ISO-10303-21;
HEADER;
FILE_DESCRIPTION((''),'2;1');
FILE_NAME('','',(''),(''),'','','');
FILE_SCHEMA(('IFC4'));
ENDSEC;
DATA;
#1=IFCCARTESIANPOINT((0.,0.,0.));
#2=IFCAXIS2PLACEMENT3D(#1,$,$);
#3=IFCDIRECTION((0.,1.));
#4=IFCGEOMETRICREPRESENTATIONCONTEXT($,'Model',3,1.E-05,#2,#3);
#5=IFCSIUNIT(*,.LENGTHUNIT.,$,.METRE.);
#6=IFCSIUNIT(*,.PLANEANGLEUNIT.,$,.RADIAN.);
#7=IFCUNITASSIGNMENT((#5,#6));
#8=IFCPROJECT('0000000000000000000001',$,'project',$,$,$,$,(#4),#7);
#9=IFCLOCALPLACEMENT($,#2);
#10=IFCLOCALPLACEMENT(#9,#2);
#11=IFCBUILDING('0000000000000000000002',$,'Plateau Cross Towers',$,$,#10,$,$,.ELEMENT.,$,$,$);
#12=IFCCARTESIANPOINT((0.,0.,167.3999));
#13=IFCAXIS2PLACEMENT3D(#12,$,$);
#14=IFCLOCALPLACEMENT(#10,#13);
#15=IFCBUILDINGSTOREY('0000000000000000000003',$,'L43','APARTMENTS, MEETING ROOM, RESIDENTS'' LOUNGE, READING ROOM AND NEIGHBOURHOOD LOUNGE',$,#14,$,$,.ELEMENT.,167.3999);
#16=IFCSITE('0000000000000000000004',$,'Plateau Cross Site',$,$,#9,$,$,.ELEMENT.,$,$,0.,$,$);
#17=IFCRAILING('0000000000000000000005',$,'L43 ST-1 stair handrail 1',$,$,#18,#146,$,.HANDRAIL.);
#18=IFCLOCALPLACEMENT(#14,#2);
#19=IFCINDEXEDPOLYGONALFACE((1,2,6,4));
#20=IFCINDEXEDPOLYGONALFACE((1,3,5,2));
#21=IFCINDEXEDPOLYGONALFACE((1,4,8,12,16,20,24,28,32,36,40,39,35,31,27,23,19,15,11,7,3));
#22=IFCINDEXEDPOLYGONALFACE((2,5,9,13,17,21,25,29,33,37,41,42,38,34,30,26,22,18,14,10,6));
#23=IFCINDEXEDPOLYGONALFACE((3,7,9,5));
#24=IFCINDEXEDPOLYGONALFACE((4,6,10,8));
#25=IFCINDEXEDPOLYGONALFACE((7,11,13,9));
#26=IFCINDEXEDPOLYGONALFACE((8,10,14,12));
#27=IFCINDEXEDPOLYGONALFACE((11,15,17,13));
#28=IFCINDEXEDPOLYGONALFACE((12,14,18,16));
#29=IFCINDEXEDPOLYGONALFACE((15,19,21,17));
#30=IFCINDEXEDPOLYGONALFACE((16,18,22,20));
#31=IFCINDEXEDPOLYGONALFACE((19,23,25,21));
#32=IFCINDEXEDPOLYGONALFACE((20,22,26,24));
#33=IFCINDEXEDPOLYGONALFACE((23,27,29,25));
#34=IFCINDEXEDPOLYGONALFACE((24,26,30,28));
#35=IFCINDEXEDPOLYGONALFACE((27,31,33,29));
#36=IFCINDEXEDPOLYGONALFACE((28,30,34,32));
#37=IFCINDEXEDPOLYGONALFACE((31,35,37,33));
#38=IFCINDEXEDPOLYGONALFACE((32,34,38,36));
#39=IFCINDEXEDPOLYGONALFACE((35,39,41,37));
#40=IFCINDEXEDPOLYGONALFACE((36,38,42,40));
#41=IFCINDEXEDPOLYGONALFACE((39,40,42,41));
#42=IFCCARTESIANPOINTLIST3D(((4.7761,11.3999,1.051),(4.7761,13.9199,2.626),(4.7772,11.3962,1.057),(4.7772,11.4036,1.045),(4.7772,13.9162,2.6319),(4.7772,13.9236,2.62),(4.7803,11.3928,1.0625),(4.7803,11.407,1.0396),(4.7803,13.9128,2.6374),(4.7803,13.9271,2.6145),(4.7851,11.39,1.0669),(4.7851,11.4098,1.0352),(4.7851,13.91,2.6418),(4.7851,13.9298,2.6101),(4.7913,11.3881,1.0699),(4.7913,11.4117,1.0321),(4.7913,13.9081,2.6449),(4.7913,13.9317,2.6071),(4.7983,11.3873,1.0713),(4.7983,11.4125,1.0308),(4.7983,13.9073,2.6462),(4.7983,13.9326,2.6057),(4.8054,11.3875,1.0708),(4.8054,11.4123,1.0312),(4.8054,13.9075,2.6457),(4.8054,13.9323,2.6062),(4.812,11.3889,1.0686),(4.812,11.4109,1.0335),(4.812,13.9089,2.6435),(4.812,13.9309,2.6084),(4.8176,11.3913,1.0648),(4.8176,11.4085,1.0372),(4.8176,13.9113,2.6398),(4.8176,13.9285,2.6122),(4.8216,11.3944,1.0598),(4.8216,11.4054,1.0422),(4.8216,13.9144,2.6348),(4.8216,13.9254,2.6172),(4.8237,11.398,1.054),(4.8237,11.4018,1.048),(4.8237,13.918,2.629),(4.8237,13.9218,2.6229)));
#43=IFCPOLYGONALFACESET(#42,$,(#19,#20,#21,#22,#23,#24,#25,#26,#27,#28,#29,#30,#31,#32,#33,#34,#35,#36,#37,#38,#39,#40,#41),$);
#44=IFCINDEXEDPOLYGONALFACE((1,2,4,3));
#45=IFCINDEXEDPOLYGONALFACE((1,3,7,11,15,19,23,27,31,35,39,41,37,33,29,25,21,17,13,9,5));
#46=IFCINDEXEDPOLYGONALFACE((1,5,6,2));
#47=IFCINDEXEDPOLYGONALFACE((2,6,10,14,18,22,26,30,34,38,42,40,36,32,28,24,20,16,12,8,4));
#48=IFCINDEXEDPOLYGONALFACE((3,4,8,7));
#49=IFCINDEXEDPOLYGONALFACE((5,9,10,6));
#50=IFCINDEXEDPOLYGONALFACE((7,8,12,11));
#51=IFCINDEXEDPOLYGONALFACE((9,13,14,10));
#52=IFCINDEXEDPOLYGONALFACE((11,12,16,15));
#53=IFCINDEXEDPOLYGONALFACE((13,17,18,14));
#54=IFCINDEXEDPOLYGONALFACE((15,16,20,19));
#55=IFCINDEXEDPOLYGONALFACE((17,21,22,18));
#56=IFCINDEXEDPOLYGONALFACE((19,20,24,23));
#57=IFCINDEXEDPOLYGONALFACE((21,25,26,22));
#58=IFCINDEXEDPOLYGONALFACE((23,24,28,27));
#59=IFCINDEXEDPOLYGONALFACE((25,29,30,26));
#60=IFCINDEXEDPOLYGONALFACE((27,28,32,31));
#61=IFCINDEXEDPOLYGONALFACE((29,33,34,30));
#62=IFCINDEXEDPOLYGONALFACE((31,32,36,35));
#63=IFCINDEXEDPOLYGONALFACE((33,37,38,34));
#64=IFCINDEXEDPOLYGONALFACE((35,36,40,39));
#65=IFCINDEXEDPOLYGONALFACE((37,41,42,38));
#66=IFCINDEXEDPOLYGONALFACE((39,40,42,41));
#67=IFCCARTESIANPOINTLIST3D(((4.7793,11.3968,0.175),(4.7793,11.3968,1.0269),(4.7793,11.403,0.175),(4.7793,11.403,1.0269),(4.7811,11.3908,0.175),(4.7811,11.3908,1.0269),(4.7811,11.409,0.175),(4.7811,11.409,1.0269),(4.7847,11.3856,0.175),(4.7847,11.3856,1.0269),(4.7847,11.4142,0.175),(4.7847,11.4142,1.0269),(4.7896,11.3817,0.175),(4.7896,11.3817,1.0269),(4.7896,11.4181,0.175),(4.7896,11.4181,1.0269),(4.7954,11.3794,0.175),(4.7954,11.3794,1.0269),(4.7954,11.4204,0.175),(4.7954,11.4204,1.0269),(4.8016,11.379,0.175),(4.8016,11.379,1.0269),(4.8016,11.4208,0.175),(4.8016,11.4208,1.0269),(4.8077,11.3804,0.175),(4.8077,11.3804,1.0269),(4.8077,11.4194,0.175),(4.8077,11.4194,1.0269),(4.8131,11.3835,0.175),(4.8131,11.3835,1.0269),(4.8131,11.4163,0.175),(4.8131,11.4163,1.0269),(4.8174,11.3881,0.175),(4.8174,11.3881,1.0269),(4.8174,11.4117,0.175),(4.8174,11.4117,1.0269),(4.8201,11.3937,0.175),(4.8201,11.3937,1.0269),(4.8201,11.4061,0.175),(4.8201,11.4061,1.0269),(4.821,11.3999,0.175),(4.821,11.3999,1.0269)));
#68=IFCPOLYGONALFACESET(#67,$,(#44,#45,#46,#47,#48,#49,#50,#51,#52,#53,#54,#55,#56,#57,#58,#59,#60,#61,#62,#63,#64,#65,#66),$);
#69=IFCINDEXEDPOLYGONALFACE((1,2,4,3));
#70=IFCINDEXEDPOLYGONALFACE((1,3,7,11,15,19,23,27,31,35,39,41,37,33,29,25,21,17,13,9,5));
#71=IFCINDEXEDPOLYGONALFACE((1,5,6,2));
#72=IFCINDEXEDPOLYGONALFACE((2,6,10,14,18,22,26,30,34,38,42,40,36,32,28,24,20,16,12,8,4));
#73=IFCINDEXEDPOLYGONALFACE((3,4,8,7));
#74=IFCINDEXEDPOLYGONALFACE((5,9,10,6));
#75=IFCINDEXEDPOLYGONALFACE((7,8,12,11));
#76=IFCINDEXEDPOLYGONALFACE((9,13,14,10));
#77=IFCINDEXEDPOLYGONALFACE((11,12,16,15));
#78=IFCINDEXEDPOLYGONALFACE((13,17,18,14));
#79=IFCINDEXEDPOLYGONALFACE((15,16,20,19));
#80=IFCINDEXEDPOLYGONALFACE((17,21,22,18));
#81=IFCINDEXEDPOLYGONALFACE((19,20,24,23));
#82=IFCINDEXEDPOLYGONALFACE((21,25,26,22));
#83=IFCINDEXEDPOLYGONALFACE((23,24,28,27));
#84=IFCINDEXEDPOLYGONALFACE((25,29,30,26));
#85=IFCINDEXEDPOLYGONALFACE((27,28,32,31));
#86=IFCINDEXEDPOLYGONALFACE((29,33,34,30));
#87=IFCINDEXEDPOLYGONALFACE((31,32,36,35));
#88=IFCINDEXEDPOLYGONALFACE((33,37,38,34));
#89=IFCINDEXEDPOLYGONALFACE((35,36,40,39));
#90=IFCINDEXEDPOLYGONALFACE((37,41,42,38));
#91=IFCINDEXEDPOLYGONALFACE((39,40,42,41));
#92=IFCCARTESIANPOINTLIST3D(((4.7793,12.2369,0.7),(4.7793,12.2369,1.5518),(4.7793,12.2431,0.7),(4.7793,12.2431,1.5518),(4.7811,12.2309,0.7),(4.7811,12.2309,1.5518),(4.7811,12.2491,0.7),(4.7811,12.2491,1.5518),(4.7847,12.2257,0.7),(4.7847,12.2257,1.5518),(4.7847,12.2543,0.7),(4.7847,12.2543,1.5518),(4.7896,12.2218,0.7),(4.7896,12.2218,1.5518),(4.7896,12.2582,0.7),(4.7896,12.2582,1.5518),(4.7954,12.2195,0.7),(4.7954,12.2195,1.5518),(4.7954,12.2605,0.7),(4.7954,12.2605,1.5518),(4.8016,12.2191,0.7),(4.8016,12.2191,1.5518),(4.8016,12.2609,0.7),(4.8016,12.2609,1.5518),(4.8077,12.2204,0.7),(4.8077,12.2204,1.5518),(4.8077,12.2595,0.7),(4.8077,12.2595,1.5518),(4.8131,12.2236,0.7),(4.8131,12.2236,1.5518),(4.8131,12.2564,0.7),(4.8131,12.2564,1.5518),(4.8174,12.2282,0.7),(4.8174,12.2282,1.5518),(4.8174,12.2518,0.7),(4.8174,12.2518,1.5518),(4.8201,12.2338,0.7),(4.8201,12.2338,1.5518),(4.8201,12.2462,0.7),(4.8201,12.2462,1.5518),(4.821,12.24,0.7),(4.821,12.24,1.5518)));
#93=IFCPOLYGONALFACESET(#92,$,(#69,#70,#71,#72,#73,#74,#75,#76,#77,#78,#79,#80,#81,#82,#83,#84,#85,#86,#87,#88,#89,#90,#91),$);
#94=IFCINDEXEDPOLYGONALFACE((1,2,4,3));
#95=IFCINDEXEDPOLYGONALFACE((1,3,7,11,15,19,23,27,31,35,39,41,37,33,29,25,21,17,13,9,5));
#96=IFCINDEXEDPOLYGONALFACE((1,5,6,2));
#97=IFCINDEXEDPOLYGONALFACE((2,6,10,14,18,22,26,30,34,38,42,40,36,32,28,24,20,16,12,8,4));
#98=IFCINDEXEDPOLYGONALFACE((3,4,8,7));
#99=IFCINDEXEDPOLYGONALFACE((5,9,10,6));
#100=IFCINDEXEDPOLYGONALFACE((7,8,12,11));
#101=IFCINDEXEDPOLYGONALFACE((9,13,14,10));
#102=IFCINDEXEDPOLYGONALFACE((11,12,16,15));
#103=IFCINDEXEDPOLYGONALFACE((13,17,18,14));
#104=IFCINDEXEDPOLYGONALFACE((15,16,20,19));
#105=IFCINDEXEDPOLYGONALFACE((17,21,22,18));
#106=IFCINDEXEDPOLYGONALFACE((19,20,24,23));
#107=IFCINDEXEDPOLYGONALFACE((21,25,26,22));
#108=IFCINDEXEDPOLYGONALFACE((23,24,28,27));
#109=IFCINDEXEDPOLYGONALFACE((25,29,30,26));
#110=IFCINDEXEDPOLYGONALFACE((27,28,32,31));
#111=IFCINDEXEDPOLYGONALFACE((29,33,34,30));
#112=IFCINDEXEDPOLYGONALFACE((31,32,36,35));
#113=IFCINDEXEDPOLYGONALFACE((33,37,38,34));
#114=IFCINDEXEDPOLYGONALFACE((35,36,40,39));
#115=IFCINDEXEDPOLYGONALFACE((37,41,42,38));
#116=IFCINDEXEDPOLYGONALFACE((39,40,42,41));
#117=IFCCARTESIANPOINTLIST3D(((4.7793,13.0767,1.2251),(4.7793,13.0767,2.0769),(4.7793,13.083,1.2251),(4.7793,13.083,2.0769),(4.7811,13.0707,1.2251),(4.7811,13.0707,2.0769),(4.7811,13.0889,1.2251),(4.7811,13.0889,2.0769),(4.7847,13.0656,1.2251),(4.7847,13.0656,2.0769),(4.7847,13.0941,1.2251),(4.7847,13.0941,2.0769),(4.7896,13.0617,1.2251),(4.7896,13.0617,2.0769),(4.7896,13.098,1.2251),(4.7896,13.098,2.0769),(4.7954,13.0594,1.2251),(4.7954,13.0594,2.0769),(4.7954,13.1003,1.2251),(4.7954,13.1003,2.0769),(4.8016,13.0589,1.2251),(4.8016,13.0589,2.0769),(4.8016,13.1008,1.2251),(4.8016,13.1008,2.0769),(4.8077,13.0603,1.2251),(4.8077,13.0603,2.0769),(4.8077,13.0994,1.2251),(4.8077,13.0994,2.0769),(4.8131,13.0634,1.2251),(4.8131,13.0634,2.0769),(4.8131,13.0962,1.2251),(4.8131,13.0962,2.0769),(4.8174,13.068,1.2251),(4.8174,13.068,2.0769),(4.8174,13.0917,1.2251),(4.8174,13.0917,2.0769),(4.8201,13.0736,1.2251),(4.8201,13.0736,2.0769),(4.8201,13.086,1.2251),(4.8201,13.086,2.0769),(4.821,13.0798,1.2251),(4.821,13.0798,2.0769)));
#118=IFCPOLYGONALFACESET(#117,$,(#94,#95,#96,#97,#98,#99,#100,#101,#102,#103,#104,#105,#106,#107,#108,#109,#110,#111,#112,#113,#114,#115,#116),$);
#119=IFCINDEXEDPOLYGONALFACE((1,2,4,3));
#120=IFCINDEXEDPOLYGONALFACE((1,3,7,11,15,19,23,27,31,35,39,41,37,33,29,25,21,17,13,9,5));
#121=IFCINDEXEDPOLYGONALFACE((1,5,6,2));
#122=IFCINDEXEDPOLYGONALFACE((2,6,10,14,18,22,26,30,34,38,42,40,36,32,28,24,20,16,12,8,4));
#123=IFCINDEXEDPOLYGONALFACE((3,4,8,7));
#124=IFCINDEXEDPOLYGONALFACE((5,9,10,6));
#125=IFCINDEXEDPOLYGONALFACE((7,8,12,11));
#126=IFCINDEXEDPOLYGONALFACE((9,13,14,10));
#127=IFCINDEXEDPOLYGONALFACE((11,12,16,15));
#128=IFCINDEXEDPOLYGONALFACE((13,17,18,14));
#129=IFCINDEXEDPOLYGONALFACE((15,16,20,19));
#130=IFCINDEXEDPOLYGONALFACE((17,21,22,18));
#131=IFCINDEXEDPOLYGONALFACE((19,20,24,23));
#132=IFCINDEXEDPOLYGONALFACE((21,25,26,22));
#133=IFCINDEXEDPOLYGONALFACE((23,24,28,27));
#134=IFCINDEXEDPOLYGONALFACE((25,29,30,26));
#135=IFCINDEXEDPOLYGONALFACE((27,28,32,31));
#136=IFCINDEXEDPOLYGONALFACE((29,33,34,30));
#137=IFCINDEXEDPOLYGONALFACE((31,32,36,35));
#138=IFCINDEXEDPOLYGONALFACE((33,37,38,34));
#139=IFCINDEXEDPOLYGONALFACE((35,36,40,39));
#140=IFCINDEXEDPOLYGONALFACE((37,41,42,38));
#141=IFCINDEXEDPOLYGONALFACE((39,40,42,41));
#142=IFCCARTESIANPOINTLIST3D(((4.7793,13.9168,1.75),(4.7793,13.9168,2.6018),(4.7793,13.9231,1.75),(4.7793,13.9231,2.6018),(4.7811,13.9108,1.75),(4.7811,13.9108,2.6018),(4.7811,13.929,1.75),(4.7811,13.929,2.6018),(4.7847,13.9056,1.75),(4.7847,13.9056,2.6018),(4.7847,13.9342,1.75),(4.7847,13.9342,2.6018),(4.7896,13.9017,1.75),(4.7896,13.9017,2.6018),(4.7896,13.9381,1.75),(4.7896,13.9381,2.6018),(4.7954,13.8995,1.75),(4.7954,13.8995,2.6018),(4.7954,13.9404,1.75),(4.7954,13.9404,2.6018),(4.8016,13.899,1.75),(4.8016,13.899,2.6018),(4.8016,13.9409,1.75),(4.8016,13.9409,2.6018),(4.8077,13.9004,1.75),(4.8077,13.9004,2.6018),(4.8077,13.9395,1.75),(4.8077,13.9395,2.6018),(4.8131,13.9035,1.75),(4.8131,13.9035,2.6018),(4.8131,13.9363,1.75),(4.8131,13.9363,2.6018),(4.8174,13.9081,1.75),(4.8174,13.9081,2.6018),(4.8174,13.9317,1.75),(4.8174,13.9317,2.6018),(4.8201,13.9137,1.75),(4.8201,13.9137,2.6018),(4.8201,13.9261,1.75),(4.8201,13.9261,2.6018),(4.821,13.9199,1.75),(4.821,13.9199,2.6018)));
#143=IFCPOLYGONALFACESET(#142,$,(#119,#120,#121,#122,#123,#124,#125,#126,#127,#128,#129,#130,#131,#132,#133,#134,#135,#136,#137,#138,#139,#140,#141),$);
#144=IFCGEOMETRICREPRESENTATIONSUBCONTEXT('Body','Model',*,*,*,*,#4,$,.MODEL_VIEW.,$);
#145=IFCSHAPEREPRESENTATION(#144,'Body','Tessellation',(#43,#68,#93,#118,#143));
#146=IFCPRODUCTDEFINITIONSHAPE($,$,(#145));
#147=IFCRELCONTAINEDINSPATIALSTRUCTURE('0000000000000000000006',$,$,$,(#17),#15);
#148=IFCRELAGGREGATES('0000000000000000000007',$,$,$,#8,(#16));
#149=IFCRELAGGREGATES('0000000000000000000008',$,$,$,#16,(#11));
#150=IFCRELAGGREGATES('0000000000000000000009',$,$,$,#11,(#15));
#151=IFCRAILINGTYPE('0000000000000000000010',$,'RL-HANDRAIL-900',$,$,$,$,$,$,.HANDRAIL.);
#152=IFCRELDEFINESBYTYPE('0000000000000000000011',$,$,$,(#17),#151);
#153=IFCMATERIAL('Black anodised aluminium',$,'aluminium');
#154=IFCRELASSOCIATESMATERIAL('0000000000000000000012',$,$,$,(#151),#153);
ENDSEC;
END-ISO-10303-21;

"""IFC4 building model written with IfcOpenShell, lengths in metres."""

from ifc_helpers import new_model, si_unit, direction, frame, origin, origin_2d, place, context, subcontext, project, spatial, circle, extrude, material, type_object, element, save


model = new_model("IFC4")

# Units and contexts
model_context = context("Model", 3, precision=1e-05, world=origin(), true_north=direction((0.0, 1.0)))
body_context = subcontext(model_context, "Body", "Model", "MODEL_VIEW")
ifc_project = project(units=[si_unit("LENGTHUNIT", "METRE"), si_unit("PLANEANGLEUNIT", "RADIAN")], contexts=[model_context])

# Site, building, storey
site_placement = place(None, origin())
site = spatial("IfcSite", under=ifc_project, at=site_placement, Name="Plateau Cross Site", CompositionType="ELEMENT", RefElevation=0.0)
building_placement = place(site_placement, origin())
building = spatial("IfcBuilding", under=site, at=building_placement, Name="Plateau Cross Towers", CompositionType="ELEMENT")
storey_placement = place(building_placement, frame((0.0, 0.0, 167.3999)))
storey = spatial("IfcBuildingStorey", under=building, at=storey_placement, Name="L43", Description="APARTMENTS, MEETING ROOM, RESIDENTS' LOUNGE, READING ROOM AND NEIGHBOURHOOD LOUNGE", CompositionType="ELEMENT", Elevation=167.3999)

# Shared definitions
ifc_material_1 = material(Name="Black anodised aluminium", Category="aluminium")

# Railing
railing_type_1 = type_object("IfcRailingType", Name="RL-HANDRAIL-900", PredefinedType="HANDRAIL", material=ifc_material_1)
railing_1_placement = place(storey_placement, frame((4.8, 11.3999, 0.175)))
element("IfcRailing", 1, at=railing_1_placement, inside=storey, type_object=railing_type_1, Name="L43 ST-1 stair handrail 1", PredefinedType="HANDRAIL", context=body_context, shape_type="SweptSolid", body=[
    extrude(circle(Radius=0.0239, at=origin_2d()), frame((0.0, 0.0, 0.876), z_axis=(0.0, 0.848008, 0.529984), x_axis=(-1.0, 0.0, 0.0)), (0.0, 0.0, 1.0), 2.9717),
    extrude(circle(Radius=0.021, at=origin_2d()), origin(), (0.0, 0.0, 1.0), 0.8518),
    extrude(circle(Radius=0.021, at=origin_2d()), frame((0.0, 0.8401, 0.5249)), (0.0, 0.0, 1.0), 0.8518),
    extrude(circle(Radius=0.021, at=origin_2d()), frame((0.0, 1.6799, 1.05)), (0.0, 0.0, 1.0), 0.8518),
    extrude(circle(Radius=0.021, at=origin_2d()), frame((0.0, 2.52, 1.575)), (0.0, 0.0, 1.0), 0.8518),
])

save(model, "model.ifc")
